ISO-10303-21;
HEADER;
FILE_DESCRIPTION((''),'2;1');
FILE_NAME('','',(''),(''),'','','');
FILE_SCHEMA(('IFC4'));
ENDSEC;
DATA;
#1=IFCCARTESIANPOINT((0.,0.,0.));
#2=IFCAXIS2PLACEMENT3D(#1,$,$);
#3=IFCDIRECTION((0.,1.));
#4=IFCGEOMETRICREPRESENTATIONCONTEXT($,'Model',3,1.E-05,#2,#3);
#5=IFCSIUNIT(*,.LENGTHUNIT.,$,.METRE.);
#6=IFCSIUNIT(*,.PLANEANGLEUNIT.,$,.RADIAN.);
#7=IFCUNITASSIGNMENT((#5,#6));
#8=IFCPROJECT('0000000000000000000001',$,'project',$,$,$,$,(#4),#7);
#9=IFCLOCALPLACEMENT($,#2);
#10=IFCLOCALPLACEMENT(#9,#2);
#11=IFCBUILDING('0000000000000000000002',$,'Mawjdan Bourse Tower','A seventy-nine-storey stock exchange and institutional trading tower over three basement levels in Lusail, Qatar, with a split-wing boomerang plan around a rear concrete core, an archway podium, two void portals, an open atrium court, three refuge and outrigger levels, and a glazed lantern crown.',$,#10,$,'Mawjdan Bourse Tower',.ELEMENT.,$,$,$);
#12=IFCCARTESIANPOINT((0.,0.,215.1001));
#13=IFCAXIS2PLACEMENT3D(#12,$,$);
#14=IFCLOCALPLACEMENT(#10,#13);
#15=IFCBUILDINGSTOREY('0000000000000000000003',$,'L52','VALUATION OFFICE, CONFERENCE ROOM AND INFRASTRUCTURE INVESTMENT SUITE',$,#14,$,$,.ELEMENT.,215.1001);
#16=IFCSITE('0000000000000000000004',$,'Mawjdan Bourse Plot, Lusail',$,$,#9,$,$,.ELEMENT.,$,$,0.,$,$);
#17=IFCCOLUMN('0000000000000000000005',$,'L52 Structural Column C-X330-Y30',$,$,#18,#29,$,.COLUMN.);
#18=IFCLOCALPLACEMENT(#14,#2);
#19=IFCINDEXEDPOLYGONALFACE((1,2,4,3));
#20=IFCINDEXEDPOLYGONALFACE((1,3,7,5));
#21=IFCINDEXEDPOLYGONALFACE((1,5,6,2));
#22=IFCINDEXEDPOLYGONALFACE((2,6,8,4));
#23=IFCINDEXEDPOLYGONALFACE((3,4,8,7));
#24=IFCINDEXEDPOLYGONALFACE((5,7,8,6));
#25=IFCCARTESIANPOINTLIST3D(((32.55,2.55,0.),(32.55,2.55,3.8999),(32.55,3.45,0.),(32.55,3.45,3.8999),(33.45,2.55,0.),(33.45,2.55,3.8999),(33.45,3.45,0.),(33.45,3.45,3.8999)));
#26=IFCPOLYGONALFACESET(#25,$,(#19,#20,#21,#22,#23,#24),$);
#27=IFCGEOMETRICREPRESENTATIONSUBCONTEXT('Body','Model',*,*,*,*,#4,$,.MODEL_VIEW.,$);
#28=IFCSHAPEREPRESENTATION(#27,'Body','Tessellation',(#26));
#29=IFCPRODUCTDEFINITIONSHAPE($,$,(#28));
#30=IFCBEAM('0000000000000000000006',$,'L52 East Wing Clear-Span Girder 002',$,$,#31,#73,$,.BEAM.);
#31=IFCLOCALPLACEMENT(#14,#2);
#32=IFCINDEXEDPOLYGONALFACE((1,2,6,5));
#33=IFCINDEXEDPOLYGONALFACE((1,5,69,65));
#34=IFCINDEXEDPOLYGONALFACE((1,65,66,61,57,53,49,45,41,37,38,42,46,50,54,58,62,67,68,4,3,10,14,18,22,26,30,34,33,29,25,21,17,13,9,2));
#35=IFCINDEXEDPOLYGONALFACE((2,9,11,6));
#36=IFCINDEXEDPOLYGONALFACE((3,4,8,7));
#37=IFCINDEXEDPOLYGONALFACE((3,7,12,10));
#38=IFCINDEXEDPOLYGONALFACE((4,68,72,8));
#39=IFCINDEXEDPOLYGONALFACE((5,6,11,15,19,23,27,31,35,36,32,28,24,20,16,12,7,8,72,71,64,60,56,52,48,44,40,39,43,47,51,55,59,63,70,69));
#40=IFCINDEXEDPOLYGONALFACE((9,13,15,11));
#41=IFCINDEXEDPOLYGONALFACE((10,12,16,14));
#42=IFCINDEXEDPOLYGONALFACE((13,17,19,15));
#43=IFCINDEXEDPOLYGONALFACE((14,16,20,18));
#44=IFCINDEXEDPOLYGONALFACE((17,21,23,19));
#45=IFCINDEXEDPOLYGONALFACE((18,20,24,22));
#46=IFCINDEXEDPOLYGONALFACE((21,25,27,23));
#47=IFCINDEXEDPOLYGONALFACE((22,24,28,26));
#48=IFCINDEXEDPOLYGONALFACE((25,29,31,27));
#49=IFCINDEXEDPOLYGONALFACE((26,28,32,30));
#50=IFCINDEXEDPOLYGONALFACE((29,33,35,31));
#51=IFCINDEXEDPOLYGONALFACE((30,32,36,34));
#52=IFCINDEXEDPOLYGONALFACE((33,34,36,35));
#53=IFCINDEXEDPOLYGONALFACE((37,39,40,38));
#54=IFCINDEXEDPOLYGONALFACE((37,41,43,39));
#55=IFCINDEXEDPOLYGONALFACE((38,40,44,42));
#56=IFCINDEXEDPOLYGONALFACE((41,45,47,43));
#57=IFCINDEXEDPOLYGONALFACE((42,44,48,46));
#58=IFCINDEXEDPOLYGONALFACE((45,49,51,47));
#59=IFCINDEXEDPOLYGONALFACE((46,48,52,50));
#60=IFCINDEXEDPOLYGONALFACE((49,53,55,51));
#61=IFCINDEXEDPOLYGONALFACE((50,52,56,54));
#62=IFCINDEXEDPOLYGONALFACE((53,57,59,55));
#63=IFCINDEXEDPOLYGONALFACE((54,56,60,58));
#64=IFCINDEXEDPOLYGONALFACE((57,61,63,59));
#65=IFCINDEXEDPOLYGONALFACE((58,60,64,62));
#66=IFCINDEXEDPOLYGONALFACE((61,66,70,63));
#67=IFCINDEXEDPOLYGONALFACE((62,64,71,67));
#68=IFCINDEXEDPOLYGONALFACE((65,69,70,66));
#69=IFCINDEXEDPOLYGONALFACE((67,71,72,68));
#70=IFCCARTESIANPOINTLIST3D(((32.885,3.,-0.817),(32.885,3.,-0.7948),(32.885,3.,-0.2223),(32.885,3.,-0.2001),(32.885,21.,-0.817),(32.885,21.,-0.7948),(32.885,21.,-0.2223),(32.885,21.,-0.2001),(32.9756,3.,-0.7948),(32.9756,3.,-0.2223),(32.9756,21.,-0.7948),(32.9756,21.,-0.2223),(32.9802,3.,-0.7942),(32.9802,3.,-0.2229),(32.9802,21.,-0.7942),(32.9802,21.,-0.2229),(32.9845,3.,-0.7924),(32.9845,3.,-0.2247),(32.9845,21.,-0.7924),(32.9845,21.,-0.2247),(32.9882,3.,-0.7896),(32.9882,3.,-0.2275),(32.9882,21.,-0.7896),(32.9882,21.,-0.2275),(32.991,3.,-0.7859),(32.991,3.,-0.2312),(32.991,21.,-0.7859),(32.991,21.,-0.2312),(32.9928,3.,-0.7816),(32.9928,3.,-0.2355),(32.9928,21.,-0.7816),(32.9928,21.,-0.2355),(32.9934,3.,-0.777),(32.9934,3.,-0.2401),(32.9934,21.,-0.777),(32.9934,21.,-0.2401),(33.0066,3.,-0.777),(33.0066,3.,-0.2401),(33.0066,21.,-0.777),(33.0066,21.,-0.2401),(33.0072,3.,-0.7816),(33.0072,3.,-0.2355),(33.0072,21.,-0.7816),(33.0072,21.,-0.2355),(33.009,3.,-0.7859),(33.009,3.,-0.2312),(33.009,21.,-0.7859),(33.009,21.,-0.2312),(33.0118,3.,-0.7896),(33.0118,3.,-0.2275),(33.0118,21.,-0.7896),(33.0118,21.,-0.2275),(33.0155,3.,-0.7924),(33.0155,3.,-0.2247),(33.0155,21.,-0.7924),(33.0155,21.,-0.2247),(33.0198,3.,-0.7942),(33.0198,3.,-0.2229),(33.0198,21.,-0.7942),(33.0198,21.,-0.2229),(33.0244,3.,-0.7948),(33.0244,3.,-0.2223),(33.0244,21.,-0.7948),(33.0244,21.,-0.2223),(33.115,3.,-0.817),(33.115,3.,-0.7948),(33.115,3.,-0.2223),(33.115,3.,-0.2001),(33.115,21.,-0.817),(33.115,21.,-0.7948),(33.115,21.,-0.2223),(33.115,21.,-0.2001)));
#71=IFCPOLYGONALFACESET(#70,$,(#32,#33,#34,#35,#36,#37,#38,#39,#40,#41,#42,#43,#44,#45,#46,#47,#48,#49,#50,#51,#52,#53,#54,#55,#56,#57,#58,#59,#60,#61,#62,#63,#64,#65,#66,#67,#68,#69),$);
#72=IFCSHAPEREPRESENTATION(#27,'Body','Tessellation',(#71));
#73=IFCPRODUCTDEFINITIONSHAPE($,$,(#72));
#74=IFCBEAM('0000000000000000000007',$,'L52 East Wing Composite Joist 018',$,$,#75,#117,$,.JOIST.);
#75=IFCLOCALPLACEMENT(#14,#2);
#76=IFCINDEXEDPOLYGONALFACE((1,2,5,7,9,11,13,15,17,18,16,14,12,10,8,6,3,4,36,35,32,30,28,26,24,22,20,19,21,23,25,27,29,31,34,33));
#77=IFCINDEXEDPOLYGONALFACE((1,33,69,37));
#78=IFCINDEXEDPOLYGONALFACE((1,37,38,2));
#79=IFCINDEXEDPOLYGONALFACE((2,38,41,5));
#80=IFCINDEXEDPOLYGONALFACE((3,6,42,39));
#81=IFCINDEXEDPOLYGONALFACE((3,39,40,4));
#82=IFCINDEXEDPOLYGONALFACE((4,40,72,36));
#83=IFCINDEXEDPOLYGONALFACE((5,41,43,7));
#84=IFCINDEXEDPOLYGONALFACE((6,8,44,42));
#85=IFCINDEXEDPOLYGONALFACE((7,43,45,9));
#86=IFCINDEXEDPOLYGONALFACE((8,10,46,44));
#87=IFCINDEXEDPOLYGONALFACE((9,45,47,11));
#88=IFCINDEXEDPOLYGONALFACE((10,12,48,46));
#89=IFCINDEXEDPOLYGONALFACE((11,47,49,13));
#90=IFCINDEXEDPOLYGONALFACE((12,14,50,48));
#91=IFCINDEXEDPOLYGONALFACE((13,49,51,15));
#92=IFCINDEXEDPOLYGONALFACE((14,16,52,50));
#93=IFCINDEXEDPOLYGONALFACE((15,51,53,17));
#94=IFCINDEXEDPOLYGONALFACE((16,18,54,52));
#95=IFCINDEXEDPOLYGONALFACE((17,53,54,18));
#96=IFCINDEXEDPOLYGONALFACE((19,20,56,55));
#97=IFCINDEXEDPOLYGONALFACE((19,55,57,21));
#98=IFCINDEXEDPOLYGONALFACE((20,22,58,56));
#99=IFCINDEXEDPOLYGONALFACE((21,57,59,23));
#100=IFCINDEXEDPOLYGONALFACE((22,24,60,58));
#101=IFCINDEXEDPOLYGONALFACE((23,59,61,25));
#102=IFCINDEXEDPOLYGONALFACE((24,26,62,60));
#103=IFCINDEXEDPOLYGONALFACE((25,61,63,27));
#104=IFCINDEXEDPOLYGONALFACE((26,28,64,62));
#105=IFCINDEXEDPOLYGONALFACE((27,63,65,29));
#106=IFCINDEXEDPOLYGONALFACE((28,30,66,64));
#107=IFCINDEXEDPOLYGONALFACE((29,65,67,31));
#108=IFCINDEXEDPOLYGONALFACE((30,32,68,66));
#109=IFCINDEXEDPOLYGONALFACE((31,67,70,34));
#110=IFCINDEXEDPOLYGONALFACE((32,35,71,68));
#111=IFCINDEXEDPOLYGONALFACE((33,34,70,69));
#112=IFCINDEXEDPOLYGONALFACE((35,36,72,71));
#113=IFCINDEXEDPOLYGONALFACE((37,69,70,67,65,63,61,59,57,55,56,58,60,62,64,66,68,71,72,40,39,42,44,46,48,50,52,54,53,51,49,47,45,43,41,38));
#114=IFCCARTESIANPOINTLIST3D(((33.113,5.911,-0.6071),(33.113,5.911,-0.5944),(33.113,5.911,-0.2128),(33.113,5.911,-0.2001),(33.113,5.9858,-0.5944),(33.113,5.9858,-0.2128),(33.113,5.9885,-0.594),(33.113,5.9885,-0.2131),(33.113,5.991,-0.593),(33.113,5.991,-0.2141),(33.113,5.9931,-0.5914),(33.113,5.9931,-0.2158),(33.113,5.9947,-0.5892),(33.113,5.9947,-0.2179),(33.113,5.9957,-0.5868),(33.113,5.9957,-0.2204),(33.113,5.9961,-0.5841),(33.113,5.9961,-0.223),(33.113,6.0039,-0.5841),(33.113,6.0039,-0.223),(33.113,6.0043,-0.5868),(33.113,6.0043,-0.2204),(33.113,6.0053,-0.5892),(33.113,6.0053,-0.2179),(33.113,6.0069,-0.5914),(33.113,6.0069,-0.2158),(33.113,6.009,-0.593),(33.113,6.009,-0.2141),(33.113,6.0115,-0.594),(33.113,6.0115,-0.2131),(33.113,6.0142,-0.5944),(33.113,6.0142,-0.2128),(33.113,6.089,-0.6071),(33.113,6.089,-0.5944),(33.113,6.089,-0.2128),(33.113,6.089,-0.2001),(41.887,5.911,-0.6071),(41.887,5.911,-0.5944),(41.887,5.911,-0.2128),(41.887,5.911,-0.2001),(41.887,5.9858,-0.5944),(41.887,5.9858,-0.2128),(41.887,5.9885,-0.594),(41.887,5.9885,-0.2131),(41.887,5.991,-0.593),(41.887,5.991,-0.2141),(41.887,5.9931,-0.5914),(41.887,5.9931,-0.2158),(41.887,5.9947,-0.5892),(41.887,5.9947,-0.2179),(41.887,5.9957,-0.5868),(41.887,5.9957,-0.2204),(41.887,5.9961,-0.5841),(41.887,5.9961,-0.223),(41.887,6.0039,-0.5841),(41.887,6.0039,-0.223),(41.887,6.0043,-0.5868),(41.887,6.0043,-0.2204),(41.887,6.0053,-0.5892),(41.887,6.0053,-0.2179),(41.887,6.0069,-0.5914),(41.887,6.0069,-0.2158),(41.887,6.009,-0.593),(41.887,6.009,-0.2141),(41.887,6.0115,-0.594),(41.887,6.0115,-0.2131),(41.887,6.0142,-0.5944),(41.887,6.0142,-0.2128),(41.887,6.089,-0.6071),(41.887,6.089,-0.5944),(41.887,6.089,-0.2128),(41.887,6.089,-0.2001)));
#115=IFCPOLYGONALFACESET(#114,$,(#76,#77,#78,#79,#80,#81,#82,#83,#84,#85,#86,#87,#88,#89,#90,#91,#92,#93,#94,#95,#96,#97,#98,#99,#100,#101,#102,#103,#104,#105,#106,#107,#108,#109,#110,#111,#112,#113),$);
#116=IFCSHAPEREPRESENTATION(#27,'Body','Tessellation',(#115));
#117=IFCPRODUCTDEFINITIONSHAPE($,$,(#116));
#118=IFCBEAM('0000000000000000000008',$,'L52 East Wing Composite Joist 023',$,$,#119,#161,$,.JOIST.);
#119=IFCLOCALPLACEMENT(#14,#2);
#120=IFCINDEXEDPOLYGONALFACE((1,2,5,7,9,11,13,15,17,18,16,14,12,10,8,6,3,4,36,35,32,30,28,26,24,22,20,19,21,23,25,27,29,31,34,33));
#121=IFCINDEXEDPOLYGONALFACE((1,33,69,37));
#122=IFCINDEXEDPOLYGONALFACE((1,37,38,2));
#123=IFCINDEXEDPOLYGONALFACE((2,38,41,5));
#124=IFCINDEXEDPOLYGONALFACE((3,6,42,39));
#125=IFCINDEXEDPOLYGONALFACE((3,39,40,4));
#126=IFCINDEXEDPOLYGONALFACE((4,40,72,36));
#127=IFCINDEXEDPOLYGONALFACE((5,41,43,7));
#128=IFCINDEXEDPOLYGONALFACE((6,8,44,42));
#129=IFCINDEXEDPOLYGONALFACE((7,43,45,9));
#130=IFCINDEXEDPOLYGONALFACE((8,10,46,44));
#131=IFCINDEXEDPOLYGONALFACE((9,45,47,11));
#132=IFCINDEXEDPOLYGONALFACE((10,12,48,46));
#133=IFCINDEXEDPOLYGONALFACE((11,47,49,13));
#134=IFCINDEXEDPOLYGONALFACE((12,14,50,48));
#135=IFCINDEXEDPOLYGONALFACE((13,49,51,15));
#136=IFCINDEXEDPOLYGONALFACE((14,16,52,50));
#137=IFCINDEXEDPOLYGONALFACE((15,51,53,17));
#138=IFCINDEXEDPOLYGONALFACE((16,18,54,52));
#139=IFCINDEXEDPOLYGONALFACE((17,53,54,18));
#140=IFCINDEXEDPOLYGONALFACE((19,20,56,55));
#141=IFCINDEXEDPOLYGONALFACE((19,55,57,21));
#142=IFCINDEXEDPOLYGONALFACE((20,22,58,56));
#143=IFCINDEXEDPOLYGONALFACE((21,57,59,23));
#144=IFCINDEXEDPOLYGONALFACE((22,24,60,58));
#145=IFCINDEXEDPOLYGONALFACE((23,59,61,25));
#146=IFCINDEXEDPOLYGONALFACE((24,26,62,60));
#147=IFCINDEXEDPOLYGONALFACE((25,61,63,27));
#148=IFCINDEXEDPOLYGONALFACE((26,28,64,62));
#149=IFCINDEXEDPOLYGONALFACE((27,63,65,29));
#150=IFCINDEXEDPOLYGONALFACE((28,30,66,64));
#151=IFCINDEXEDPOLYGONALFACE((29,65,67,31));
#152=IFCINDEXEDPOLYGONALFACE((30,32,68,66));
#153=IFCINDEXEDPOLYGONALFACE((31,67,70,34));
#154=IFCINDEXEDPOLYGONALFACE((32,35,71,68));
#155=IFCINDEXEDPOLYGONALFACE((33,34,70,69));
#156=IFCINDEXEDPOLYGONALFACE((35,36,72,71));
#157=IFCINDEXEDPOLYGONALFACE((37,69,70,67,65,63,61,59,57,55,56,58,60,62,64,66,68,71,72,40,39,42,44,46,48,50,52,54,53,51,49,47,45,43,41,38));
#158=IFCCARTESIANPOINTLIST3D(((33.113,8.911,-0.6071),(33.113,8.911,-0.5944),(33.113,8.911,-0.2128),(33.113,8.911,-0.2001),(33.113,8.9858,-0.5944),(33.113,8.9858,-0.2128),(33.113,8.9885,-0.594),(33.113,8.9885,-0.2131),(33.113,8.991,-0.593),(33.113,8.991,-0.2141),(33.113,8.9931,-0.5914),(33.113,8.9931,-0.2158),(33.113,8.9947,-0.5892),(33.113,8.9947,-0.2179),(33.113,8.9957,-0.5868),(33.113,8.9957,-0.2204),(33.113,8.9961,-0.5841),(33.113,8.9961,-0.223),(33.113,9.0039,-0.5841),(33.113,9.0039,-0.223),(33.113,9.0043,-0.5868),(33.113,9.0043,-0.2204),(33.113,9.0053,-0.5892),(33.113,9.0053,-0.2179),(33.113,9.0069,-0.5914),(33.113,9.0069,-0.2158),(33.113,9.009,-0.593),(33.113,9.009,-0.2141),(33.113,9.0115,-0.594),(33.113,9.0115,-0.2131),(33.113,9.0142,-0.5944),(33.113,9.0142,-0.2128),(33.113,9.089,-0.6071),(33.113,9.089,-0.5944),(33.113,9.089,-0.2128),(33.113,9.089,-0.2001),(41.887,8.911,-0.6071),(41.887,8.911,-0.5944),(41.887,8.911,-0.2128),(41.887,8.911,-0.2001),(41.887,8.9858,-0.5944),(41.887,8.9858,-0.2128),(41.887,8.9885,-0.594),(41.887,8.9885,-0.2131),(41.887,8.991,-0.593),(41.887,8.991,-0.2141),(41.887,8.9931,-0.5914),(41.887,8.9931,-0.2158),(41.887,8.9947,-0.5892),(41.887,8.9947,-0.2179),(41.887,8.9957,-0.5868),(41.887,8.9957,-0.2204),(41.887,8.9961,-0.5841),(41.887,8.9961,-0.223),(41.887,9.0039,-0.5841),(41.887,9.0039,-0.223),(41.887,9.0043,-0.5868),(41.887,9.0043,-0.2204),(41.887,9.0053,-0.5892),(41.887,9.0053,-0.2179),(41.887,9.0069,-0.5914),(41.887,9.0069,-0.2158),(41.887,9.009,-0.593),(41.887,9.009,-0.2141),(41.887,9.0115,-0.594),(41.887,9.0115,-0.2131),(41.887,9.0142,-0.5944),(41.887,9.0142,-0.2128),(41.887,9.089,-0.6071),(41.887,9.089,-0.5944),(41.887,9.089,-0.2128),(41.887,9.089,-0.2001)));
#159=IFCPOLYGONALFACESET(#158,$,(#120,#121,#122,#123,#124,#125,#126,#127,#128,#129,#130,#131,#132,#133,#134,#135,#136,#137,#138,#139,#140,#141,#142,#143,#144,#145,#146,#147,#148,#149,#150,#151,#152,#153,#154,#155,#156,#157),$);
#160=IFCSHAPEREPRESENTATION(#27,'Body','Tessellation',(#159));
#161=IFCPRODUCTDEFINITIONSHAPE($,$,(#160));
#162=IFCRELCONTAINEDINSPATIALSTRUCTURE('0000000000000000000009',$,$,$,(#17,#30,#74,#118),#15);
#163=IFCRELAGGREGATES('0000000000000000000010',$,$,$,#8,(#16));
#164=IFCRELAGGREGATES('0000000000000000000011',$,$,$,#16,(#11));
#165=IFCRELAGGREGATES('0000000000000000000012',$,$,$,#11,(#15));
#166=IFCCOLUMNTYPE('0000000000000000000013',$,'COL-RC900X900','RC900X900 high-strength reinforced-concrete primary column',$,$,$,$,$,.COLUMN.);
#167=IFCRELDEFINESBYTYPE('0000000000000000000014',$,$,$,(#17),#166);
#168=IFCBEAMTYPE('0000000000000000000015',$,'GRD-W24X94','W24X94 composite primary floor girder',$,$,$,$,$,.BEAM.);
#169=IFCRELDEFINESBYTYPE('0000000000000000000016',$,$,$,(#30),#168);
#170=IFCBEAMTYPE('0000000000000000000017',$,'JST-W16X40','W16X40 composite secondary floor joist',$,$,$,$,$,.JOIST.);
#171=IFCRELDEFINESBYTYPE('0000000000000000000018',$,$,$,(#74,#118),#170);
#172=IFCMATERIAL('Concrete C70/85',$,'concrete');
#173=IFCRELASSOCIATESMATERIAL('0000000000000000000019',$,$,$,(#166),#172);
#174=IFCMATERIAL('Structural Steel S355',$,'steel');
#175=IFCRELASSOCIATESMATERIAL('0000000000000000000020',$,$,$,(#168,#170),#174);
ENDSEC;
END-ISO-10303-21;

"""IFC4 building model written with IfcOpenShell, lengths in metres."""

from ifc_helpers import new_model, si_unit, direction, frame, origin, origin_2d, place, context, subcontext, project, spatial, rectangle, i_section, extrude, material, material_profile, profile_set, type_object, element, save


model = new_model("IFC4")

# Units and contexts
model_context = context("Model", 3, precision=1e-05, world=origin(), true_north=direction((0.0, 1.0)))
body_context = subcontext(model_context, "Body", "Model", "MODEL_VIEW")
ifc_project = project(units=[si_unit("LENGTHUNIT", "METRE"), si_unit("PLANEANGLEUNIT", "RADIAN")], contexts=[model_context])

# Site, building, storey
site_placement = place(None, origin())
site = spatial("IfcSite", under=ifc_project, at=site_placement, Name="Mawjdan Bourse Plot, Lusail", CompositionType="ELEMENT", RefElevation=0.0)
building_placement = place(site_placement, origin())
building = spatial("IfcBuilding", under=site, at=building_placement, Name="Mawjdan Bourse Tower", Description="A seventy-nine-storey stock exchange and institutional trading tower over three basement levels in Lusail, Qatar, with a split-wing boomerang plan around a rear concrete core, an archway podium, two void portals, an open atrium court, three refuge and outrigger levels, and a glazed lantern crown.", LongName="Mawjdan Bourse Tower", CompositionType="ELEMENT")
storey_placement = place(building_placement, frame((0.0, 0.0, 215.1001)))
storey = spatial("IfcBuildingStorey", under=building, at=storey_placement, Name="L52", Description="VALUATION OFFICE, CONFERENCE ROOM AND INFRASTRUCTURE INVESTMENT SUITE", CompositionType="ELEMENT", Elevation=215.1001)

# Column
ifc_material_1 = material(Name="Concrete C70/85", Category="concrete")
ifc_material_profile_1 = material_profile(ifc_material_1, rectangle(XDim=0.8999, YDim=0.8999, at=origin_2d()), Name="RC900X900")
ifc_profile_set_1 = profile_set([ifc_material_profile_1], Name="Concrete C70/85")
column_type = type_object("IfcColumnType", Name="COL-RC900X900", Description="RC900X900 high-strength reinforced-concrete primary column", PredefinedType="COLUMN", material=ifc_profile_set_1)
column_placement = place(storey_placement, frame((33.0, 3.0, 0.0), z_axis=(0.0, 0.0, 1.0), x_axis=(1.0, 0.0, 0.0)))
element("IfcColumn", 1, at=column_placement, inside=storey, type_object=column_type, Name="L52 Structural Column C-X330-Y30", PredefinedType="COLUMN", context=body_context, shape_type="SweptSolid", body=[
    extrude(rectangle(XDim=0.8999, YDim=0.8999, at=origin_2d()), origin(), (0.0, 0.0, 1.0), 3.8999),
])

# Beams
ifc_material_2 = material(Name="Structural Steel S355", Category="steel")
ifc_material_profile_2 = material_profile(ifc_material_2, i_section(OverallWidth=0.23, OverallDepth=0.6169, WebThickness=0.0132, FlangeThickness=0.0222, FilletRadius=0.0178, at=origin_2d()), Name="W24X94")
ifc_profile_set_2 = profile_set([ifc_material_profile_2], Name="Structural Steel S355")
beam_type_1 = type_object("IfcBeamType", Name="GRD-W24X94", Description="W24X94 composite primary floor girder", PredefinedType="BEAM", material=ifc_profile_set_2)
beam_1_placement = place(storey_placement, frame((33.0, 3.0, -0.5085), z_axis=(0.0, 1.0, 0.0), x_axis=(-1.0, 0.0, 0.0)))
element("IfcBeam", 2, at=beam_1_placement, inside=storey, type_object=beam_type_1, Name="L52 East Wing Clear-Span Girder 002", PredefinedType="BEAM", context=body_context, shape_type="SweptSolid", body=[
    extrude(i_section(OverallWidth=0.23, OverallDepth=0.6169, WebThickness=0.0132, FlangeThickness=0.0222, FilletRadius=0.0178, at=origin_2d()), origin(), (0.0, 0.0, 1.0), 18.0),
])
ifc_material_profile_3 = material_profile(ifc_material_2, i_section(OverallWidth=0.178, OverallDepth=0.407, WebThickness=0.0078, FlangeThickness=0.0127, FilletRadius=0.0103, at=origin_2d()), Name="W16X40")
ifc_profile_set_3 = profile_set([ifc_material_profile_3], Name="Structural Steel S355")
beam_type_2 = type_object("IfcBeamType", Name="JST-W16X40", Description="W16X40 composite secondary floor joist", PredefinedType="JOIST", material=ifc_profile_set_3)
for number, where, z_axis, x_axis, name in (
    (3, (33.113, 6.0, -0.4036), (1.0, 0.0, 0.0), (0.0, 1.0, 0.0), "L52 East Wing Composite Joist 018"),
    (4, (33.113, 9.0, -0.4036), (1.0, 0.0, 0.0), (0.0, 1.0, 0.0), "L52 East Wing Composite Joist 023"),
):
    element("IfcBeam", number, at=place(storey_placement, frame(where, z_axis=z_axis, x_axis=x_axis)), inside=storey, type_object=beam_type_2, Name=name, PredefinedType="JOIST", context=body_context, shape_type="SweptSolid", body=[
        extrude(i_section(OverallWidth=0.178, OverallDepth=0.407, WebThickness=0.0078, FlangeThickness=0.0127, FilletRadius=0.0103, at=origin_2d()), origin(), (0.0, 0.0, 1.0), 8.7739),
    ])

save(model, "model.ifc")
